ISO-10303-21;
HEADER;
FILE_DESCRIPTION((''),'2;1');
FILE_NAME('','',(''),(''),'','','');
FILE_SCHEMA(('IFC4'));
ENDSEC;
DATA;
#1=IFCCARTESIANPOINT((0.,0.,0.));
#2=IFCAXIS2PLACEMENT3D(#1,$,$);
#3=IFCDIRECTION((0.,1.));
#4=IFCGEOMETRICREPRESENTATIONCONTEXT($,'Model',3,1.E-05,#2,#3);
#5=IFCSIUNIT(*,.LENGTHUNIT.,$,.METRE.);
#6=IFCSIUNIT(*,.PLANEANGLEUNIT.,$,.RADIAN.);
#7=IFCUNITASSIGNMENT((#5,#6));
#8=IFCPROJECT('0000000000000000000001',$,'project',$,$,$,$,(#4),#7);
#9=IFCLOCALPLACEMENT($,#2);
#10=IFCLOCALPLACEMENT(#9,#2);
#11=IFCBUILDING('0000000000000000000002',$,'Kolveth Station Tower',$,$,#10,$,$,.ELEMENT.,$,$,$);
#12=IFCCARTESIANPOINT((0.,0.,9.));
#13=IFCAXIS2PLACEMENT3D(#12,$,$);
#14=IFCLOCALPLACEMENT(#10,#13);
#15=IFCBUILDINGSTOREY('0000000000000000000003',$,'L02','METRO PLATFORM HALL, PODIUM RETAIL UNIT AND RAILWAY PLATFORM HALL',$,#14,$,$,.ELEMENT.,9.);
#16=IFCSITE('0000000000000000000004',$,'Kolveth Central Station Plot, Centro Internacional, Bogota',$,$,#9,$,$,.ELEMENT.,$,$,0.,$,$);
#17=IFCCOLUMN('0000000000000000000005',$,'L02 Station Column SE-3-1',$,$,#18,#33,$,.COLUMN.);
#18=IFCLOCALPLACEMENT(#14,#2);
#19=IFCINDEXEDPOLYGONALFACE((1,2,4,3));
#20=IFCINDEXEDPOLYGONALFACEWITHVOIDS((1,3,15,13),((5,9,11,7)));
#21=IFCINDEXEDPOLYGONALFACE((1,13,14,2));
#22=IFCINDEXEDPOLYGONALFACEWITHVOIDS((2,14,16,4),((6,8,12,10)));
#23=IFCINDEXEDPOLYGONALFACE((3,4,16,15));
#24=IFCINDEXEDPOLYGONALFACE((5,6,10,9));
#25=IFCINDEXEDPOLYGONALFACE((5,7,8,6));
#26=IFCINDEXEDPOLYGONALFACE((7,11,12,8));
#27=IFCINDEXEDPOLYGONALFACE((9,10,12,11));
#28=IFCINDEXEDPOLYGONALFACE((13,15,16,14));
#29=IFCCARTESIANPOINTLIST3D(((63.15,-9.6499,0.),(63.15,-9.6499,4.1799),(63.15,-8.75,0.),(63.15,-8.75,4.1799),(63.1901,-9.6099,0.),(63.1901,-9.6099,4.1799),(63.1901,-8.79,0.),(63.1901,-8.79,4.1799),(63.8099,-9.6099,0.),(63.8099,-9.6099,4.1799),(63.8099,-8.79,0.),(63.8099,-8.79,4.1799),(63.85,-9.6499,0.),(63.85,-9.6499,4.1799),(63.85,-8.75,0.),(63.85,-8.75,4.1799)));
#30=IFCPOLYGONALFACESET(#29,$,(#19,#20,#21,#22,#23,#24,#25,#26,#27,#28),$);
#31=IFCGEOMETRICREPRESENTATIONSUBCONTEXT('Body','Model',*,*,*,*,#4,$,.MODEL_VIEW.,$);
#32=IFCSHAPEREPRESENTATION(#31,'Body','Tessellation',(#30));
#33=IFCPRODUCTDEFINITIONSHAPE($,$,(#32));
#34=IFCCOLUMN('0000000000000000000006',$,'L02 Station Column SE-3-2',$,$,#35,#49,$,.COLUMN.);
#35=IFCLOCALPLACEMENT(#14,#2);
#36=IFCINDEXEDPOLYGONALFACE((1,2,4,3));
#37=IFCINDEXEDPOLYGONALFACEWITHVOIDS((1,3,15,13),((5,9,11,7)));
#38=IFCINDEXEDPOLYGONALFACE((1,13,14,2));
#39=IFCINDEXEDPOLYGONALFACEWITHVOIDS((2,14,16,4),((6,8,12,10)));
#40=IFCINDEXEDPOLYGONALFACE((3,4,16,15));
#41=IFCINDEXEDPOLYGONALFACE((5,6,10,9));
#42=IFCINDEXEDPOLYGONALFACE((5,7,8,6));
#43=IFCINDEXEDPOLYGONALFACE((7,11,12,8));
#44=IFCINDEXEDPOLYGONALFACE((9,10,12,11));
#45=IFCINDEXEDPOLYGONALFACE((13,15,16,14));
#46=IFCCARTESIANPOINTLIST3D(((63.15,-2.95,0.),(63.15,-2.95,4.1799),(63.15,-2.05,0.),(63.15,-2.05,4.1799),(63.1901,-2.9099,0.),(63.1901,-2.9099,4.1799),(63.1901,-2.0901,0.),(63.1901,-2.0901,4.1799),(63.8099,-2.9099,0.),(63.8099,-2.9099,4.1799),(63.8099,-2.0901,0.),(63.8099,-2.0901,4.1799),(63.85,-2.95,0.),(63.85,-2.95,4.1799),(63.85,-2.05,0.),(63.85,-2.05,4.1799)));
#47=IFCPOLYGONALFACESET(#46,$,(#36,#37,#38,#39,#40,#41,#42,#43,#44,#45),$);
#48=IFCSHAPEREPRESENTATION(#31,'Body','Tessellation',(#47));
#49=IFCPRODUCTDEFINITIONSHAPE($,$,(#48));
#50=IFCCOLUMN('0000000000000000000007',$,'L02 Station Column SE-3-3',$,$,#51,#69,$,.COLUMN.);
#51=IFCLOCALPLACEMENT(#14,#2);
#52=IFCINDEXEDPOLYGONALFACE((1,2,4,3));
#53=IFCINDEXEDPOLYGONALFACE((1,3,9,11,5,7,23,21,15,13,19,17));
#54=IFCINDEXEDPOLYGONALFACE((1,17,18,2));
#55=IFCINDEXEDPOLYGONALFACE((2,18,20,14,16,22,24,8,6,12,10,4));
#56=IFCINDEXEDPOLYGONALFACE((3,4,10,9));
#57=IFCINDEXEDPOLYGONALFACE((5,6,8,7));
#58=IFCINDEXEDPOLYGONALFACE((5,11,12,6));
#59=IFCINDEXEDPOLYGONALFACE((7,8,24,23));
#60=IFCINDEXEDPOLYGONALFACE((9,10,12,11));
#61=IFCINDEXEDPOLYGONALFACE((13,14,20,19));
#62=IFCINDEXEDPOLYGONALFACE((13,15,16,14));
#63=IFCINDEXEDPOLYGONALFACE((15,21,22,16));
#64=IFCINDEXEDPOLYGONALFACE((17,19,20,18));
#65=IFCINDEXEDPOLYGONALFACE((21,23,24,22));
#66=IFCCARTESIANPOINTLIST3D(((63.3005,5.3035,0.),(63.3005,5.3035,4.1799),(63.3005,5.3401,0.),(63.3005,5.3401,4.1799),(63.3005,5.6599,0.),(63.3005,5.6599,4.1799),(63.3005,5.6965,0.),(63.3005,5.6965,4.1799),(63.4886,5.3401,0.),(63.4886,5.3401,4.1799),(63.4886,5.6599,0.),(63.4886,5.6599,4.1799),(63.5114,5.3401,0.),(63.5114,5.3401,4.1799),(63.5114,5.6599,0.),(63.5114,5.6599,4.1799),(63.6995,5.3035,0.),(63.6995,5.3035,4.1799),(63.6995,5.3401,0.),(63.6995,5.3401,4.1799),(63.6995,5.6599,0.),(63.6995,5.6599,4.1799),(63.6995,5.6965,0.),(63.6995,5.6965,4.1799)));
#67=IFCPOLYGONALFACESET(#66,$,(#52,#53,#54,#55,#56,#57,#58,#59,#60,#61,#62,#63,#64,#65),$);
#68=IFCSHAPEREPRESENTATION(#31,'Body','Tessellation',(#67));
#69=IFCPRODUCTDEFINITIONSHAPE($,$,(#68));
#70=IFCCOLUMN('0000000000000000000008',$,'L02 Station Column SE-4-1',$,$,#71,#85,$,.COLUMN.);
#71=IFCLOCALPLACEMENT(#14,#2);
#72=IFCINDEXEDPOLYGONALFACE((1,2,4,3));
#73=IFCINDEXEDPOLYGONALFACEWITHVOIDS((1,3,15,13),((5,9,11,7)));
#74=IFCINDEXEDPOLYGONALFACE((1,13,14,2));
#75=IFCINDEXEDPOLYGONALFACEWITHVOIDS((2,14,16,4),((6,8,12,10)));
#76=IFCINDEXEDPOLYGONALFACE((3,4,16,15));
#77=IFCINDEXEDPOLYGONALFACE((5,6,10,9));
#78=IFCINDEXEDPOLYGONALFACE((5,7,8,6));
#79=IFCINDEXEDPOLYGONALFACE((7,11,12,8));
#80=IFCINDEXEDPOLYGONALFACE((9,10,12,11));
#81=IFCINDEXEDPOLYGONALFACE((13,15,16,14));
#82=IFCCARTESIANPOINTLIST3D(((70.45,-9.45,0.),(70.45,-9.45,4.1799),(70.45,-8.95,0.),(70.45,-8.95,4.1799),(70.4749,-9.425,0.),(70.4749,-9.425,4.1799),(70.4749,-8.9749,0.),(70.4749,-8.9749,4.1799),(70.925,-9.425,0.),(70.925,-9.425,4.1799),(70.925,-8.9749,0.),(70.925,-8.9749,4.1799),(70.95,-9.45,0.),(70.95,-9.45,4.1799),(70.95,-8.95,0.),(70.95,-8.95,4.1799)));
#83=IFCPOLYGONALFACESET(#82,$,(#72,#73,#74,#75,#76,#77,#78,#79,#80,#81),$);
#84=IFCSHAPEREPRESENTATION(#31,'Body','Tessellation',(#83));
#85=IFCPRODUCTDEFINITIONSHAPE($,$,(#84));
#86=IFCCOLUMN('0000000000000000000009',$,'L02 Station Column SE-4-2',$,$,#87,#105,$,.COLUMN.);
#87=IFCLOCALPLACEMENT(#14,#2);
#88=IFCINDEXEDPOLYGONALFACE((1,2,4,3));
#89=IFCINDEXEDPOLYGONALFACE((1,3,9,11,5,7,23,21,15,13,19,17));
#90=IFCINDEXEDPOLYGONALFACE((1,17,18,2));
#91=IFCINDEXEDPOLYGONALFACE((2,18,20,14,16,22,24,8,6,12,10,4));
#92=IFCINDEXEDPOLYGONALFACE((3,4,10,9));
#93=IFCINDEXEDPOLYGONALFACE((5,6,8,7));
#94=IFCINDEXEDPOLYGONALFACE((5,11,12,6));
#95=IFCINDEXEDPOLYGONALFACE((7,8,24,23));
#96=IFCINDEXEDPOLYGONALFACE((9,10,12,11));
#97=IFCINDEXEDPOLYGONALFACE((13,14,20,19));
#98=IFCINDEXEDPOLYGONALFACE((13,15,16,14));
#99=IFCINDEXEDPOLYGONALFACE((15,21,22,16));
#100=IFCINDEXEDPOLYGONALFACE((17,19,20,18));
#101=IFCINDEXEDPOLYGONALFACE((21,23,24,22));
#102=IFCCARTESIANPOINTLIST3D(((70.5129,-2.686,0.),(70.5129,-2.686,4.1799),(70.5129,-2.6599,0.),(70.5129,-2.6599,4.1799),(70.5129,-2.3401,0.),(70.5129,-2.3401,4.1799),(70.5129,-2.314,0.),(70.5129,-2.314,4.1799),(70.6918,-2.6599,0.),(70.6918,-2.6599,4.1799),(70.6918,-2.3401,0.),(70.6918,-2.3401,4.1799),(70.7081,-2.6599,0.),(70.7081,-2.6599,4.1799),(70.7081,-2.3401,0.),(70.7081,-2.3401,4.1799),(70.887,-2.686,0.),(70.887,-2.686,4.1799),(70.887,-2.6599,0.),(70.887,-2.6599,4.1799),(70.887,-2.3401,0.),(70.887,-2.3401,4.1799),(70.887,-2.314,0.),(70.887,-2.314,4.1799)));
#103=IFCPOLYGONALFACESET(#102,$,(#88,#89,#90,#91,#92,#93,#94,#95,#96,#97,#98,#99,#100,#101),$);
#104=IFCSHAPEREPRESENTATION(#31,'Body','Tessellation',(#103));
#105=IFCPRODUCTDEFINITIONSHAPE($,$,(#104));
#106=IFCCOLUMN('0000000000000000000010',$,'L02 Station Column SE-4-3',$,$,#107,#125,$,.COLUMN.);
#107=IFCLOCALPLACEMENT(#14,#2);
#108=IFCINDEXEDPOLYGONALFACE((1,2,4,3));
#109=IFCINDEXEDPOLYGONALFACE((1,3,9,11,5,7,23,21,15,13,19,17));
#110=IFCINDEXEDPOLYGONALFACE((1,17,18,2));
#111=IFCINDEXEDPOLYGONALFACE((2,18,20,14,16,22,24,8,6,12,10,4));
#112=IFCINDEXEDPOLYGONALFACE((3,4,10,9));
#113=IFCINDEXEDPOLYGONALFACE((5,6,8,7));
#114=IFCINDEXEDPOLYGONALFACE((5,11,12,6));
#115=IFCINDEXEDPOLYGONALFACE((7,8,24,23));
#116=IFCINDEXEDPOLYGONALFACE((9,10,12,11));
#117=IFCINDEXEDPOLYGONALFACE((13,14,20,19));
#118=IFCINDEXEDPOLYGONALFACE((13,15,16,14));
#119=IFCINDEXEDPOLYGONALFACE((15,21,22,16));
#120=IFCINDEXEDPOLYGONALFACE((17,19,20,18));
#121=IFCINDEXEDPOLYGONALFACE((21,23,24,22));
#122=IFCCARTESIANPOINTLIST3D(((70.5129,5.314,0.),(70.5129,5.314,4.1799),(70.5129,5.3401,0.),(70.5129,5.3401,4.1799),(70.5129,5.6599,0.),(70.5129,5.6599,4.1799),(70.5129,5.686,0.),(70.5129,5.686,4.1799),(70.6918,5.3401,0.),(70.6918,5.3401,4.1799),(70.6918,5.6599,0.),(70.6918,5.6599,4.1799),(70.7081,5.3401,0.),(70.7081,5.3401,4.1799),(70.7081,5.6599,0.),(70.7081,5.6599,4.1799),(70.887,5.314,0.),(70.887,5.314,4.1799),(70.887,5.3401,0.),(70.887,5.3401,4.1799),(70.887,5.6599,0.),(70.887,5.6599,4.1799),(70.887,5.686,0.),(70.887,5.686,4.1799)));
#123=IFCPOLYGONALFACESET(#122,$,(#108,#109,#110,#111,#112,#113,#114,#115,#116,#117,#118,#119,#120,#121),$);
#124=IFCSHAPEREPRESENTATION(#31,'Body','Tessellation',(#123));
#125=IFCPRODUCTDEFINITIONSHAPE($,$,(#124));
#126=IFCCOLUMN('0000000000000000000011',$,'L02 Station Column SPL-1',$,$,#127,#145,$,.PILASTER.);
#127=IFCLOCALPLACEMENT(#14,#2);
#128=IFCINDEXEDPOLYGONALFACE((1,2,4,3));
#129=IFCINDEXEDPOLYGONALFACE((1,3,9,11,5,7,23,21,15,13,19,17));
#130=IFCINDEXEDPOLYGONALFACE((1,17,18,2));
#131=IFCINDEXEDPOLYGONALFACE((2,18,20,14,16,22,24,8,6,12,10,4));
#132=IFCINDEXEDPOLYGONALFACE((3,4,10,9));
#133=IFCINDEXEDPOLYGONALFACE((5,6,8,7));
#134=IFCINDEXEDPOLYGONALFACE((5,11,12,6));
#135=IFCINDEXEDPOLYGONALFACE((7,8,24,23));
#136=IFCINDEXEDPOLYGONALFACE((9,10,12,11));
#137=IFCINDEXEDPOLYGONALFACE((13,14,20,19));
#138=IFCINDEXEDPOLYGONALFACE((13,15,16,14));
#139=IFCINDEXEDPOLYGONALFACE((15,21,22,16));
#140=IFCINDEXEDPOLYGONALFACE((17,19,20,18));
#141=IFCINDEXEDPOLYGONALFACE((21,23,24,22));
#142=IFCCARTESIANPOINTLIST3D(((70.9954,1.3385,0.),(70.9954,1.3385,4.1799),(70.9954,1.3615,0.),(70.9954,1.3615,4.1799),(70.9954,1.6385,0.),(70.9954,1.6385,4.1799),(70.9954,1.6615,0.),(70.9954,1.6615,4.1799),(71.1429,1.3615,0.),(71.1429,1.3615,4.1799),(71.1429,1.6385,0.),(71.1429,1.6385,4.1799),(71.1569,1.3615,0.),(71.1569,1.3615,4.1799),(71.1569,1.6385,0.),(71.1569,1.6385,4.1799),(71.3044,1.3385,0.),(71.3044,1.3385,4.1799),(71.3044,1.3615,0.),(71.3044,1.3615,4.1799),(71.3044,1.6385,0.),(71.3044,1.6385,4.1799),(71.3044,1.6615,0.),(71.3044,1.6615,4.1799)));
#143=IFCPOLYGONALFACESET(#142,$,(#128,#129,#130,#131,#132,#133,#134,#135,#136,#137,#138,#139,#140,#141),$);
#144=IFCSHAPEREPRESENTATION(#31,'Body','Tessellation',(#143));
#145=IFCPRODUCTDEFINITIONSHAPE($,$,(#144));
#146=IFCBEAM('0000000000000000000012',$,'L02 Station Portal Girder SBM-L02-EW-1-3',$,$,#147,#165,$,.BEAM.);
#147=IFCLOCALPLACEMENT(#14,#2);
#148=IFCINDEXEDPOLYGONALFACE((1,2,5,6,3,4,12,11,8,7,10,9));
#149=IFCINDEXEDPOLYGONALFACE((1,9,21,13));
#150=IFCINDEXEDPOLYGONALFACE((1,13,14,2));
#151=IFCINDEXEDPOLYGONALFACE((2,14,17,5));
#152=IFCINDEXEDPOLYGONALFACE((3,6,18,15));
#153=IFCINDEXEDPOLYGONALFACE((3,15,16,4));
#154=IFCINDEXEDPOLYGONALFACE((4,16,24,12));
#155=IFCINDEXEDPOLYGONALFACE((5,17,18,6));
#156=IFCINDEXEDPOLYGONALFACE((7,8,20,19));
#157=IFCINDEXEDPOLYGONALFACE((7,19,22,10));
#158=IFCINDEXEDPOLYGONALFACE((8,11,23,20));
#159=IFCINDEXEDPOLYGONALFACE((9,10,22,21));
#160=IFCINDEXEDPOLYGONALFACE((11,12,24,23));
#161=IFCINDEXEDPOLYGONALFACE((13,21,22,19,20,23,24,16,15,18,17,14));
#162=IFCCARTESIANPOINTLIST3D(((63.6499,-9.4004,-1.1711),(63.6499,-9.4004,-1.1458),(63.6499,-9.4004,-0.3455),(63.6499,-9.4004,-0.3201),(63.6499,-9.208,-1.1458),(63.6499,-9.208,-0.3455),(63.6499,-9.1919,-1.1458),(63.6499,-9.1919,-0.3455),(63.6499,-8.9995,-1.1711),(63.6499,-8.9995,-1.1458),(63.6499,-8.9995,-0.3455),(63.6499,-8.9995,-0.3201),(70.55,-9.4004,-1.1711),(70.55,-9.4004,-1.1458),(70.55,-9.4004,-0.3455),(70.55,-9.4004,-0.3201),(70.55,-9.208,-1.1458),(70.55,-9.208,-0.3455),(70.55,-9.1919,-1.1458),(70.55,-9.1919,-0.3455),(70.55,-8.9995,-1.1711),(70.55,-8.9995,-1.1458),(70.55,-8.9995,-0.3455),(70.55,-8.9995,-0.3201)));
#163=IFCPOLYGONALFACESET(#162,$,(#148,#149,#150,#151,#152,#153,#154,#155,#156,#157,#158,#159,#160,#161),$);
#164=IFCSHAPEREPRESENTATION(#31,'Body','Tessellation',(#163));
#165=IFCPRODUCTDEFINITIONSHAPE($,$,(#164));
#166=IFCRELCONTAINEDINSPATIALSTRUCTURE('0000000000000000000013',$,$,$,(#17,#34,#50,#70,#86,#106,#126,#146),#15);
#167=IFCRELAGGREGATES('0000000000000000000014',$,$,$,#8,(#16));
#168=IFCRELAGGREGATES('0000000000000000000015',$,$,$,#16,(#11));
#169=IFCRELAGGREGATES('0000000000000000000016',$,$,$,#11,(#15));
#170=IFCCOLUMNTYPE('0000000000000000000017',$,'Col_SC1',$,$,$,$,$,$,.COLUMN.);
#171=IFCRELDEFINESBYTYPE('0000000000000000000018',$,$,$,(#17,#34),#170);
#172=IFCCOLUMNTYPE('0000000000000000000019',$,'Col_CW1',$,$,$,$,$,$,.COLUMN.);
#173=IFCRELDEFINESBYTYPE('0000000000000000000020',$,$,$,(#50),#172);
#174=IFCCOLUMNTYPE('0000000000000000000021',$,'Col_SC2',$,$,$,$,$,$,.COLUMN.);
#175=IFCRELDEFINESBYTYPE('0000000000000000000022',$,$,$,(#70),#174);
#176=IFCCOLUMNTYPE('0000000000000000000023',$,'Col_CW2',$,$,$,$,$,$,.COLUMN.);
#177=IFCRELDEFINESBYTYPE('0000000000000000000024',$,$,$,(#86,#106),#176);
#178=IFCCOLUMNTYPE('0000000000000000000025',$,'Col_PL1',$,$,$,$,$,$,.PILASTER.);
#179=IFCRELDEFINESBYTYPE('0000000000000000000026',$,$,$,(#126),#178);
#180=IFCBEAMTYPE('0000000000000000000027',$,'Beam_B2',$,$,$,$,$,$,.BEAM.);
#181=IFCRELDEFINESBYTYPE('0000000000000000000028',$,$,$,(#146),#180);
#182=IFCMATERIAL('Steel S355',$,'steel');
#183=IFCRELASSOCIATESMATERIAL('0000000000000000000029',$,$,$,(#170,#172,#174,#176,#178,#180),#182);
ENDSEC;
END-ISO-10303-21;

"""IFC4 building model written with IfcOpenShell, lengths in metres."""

from ifc_helpers import new_model, si_unit, direction, frame, origin, origin_2d, place, context, subcontext, project, spatial, hollow_rectangle, i_section, extrude, source, transform, mapped, material, material_profile, profile_set, type_object, element, save


model = new_model("IFC4")

# Units and contexts
model_context = context("Model", 3, precision=1e-05, world=origin(), true_north=direction((0.0, 1.0)))
body_context = subcontext(model_context, "Body", "Model", "MODEL_VIEW")
ifc_project = project(units=[si_unit("LENGTHUNIT", "METRE"), si_unit("PLANEANGLEUNIT", "RADIAN")], contexts=[model_context])

# Site, building, storey
site_placement = place(None, origin())
site = spatial("IfcSite", under=ifc_project, at=site_placement, Name="Kolveth Central Station Plot, Centro Internacional, Bogota", CompositionType="ELEMENT", RefElevation=0.0)
building_placement = place(site_placement, origin())
building = spatial("IfcBuilding", under=site, at=building_placement, Name="Kolveth Station Tower", CompositionType="ELEMENT")
storey_placement = place(building_placement, frame((0.0, 0.0, 9.0)))
storey = spatial("IfcBuildingStorey", under=building, at=storey_placement, Name="L02", Description="METRO PLATFORM HALL, PODIUM RETAIL UNIT AND RAILWAY PLATFORM HALL", CompositionType="ELEMENT", Elevation=9.0)

# Columns
ifc_material_1 = material(Name="Steel S355", Category="steel")
ifc_material_profile_1 = material_profile(ifc_material_1, hollow_rectangle(XDim=0.7, YDim=0.8999, WallThickness=0.04, at=origin_2d()), Name="BOX900x700x40")
ifc_profile_set_1 = profile_set([ifc_material_profile_1], Name="Steel S355")
column_type_1 = type_object("IfcColumnType", Name="Col_SC1", PredefinedType="COLUMN", material=ifc_profile_set_1)
shared_shape_1 = source(origin(), body_context, "Body", "SweptSolid", [
    extrude(hollow_rectangle(XDim=0.7, YDim=0.8999, WallThickness=0.04, at=origin_2d()), origin(), (0.0, 0.0, 1.0), 4.1799),
])
for number, where, z_axis, x_axis, name in (
    (1, (63.5, -9.2, 0.0), (0.0, 0.0, 1.0), (1.0, 0.0, 0.0), "L02 Station Column SE-3-1"),
    (2, (63.5, -2.5, 0.0), (0.0, 0.0, 1.0), (1.0, 0.0, 0.0), "L02 Station Column SE-3-2"),
):
    element("IfcColumn", number, at=place(storey_placement, frame(where, z_axis=z_axis, x_axis=x_axis)), inside=storey, type_object=column_type_1, Name=name, PredefinedType="COLUMN", context=body_context, shape_type="MappedRepresentation", body=[
        mapped(shared_shape_1, transform((0.0, 0.0, 0.0), x_axis=(1.0, 0.0, 0.0), y_axis=(0.0, 1.0, 0.0), z_axis=(0.0, 0.0, 1.0), scale=1.0)),
    ])
ifc_material_profile_2 = material_profile(ifc_material_1, i_section(OverallWidth=0.3989, OverallDepth=0.3931, WebThickness=0.0227, FlangeThickness=0.0366, at=origin_2d()), Name="W360x287")
ifc_profile_set_2 = profile_set([ifc_material_profile_2], Name="Steel S355")
column_type_2 = type_object("IfcColumnType", Name="Col_CW1", PredefinedType="COLUMN", material=ifc_profile_set_2)
shared_shape_2 = source(origin(), body_context, "Body", "SweptSolid", [
    extrude(i_section(OverallWidth=0.3989, OverallDepth=0.3931, WebThickness=0.0227, FlangeThickness=0.0366, at=origin_2d()), origin(), (0.0, 0.0, 1.0), 4.1799),
])
column_1_placement = place(storey_placement, frame((63.5, 5.5, 0.0), z_axis=(0.0, 0.0, 1.0), x_axis=(1.0, 0.0, 0.0)))
element("IfcColumn", 3, at=column_1_placement, inside=storey, type_object=column_type_2, Name="L02 Station Column SE-3-3", PredefinedType="COLUMN", context=body_context, shape_type="MappedRepresentation", body=[
    mapped(shared_shape_2, transform((0.0, 0.0, 0.0), x_axis=(1.0, 0.0, 0.0), y_axis=(0.0, 1.0, 0.0), z_axis=(0.0, 0.0, 1.0), scale=1.0)),
])
ifc_material_profile_3 = material_profile(ifc_material_1, hollow_rectangle(XDim=0.5, YDim=0.5, WallThickness=0.0249, at=origin_2d()), Name="HSS500x500x25")
ifc_profile_set_3 = profile_set([ifc_material_profile_3], Name="Steel S355")
column_type_3 = type_object("IfcColumnType", Name="Col_SC2", PredefinedType="COLUMN", material=ifc_profile_set_3)
shared_shape_3 = source(origin(), body_context, "Body", "SweptSolid", [
    extrude(hollow_rectangle(XDim=0.5, YDim=0.5, WallThickness=0.0249, at=origin_2d()), origin(), (0.0, 0.0, 1.0), 4.1799),
])
column_2_placement = place(storey_placement, frame((70.7, -9.2, 0.0), z_axis=(0.0, 0.0, 1.0), x_axis=(1.0, 0.0, 0.0)))
element("IfcColumn", 4, at=column_2_placement, inside=storey, type_object=column_type_3, Name="L02 Station Column SE-4-1", PredefinedType="COLUMN", context=body_context, shape_type="MappedRepresentation", body=[
    mapped(shared_shape_3, transform((0.0, 0.0, 0.0), x_axis=(1.0, 0.0, 0.0), y_axis=(0.0, 1.0, 0.0), z_axis=(0.0, 0.0, 1.0), scale=1.0)),
])
ifc_material_profile_4 = material_profile(ifc_material_1, i_section(OverallWidth=0.374, OverallDepth=0.3721, WebThickness=0.0164, FlangeThickness=0.0261, at=origin_2d()), Name="W360x196")
ifc_profile_set_4 = profile_set([ifc_material_profile_4], Name="Steel S355")
column_type_4 = type_object("IfcColumnType", Name="Col_CW2", PredefinedType="COLUMN", material=ifc_profile_set_4)
shared_shape_4 = source(origin(), body_context, "Body", "SweptSolid", [
    extrude(i_section(OverallWidth=0.374, OverallDepth=0.3721, WebThickness=0.0164, FlangeThickness=0.0261, at=origin_2d()), origin(), (0.0, 0.0, 1.0), 4.1799),
])
for number, where, z_axis, x_axis, name in (
    (5, (70.7, -2.5, 0.0), (0.0, 0.0, 1.0), (1.0, 0.0, 0.0), "L02 Station Column SE-4-2"),
    (6, (70.7, 5.5, 0.0), (0.0, 0.0, 1.0), (1.0, 0.0, 0.0), "L02 Station Column SE-4-3"),
):
    element("IfcColumn", number, at=place(storey_placement, frame(where, z_axis=z_axis, x_axis=x_axis)), inside=storey, type_object=column_type_4, Name=name, PredefinedType="COLUMN", context=body_context, shape_type="MappedRepresentation", body=[
        mapped(shared_shape_4, transform((0.0, 0.0, 0.0), x_axis=(1.0, 0.0, 0.0), y_axis=(0.0, 1.0, 0.0), z_axis=(0.0, 0.0, 1.0), scale=1.0)),
    ])
ifc_material_profile_5 = material_profile(ifc_material_1, i_section(OverallWidth=0.3091, OverallDepth=0.323, WebThickness=0.0139, FlangeThickness=0.0229, at=origin_2d()), Name="W310x143")
ifc_profile_set_5 = profile_set([ifc_material_profile_5], Name="Steel S355")
column_type_5 = type_object("IfcColumnType", Name="Col_PL1", PredefinedType="PILASTER", material=ifc_profile_set_5)
shared_shape_5 = source(origin(), body_context, "Body", "SweptSolid", [
    extrude(i_section(OverallWidth=0.3091, OverallDepth=0.323, WebThickness=0.0139, FlangeThickness=0.0229, at=origin_2d()), origin(), (0.0, 0.0, 1.0), 4.1799),
])
column_3_placement = place(storey_placement, frame((71.1499, 1.5, 0.0), z_axis=(0.0, 0.0, 1.0), x_axis=(1.0, 0.0, 0.0)))
element("IfcColumn", 7, at=column_3_placement, inside=storey, type_object=column_type_5, Name="L02 Station Column SPL-1", PredefinedType="PILASTER", context=body_context, shape_type="MappedRepresentation", body=[
    mapped(shared_shape_5, transform((0.0, 0.0, 0.0), x_axis=(1.0, 0.0, 0.0), y_axis=(0.0, 1.0, 0.0), z_axis=(0.0, 0.0, 1.0), scale=1.0)),
])

# Beam
ifc_material_profile_6 = material_profile(ifc_material_1, i_section(OverallWidth=0.4009, OverallDepth=0.8511, WebThickness=0.0161, FlangeThickness=0.0254, at=origin_2d()), Name="W840x226")
ifc_profile_set_6 = profile_set([ifc_material_profile_6], Name="Steel S355")
beam_type_1 = type_object("IfcBeamType", Name="Beam_B2", PredefinedType="BEAM", material=ifc_profile_set_6)
shared_shape_6 = source(origin(), body_context, "Body", "SweptSolid", [
    extrude(i_section(OverallWidth=0.4009, OverallDepth=0.8511, WebThickness=0.0161, FlangeThickness=0.0254, at=origin_2d()), origin(), (0.0, 0.0, 1.0), 6.9001),
])
for number, where, z_axis, x_axis, name in (
    (8, (63.6499, -9.2, -0.7456), (1.0, 0.0, 0.0), (0.0, 1.0, 0.0), "L02 Station Portal Girder SBM-L02-EW-1-3"),
):
    element("IfcBeam", number, at=place(storey_placement, frame(where, z_axis=z_axis, x_axis=x_axis)), inside=storey, type_object=beam_type_1, Name=name, PredefinedType="BEAM", context=body_context, shape_type="MappedRepresentation", body=[
        mapped(shared_shape_6, transform((0.0, 0.0, 0.0), x_axis=(1.0, 0.0, 0.0), y_axis=(0.0, 1.0, 0.0), z_axis=(0.0, 0.0, 1.0), scale=1.0)),
    ])

save(model, "model.ifc")
